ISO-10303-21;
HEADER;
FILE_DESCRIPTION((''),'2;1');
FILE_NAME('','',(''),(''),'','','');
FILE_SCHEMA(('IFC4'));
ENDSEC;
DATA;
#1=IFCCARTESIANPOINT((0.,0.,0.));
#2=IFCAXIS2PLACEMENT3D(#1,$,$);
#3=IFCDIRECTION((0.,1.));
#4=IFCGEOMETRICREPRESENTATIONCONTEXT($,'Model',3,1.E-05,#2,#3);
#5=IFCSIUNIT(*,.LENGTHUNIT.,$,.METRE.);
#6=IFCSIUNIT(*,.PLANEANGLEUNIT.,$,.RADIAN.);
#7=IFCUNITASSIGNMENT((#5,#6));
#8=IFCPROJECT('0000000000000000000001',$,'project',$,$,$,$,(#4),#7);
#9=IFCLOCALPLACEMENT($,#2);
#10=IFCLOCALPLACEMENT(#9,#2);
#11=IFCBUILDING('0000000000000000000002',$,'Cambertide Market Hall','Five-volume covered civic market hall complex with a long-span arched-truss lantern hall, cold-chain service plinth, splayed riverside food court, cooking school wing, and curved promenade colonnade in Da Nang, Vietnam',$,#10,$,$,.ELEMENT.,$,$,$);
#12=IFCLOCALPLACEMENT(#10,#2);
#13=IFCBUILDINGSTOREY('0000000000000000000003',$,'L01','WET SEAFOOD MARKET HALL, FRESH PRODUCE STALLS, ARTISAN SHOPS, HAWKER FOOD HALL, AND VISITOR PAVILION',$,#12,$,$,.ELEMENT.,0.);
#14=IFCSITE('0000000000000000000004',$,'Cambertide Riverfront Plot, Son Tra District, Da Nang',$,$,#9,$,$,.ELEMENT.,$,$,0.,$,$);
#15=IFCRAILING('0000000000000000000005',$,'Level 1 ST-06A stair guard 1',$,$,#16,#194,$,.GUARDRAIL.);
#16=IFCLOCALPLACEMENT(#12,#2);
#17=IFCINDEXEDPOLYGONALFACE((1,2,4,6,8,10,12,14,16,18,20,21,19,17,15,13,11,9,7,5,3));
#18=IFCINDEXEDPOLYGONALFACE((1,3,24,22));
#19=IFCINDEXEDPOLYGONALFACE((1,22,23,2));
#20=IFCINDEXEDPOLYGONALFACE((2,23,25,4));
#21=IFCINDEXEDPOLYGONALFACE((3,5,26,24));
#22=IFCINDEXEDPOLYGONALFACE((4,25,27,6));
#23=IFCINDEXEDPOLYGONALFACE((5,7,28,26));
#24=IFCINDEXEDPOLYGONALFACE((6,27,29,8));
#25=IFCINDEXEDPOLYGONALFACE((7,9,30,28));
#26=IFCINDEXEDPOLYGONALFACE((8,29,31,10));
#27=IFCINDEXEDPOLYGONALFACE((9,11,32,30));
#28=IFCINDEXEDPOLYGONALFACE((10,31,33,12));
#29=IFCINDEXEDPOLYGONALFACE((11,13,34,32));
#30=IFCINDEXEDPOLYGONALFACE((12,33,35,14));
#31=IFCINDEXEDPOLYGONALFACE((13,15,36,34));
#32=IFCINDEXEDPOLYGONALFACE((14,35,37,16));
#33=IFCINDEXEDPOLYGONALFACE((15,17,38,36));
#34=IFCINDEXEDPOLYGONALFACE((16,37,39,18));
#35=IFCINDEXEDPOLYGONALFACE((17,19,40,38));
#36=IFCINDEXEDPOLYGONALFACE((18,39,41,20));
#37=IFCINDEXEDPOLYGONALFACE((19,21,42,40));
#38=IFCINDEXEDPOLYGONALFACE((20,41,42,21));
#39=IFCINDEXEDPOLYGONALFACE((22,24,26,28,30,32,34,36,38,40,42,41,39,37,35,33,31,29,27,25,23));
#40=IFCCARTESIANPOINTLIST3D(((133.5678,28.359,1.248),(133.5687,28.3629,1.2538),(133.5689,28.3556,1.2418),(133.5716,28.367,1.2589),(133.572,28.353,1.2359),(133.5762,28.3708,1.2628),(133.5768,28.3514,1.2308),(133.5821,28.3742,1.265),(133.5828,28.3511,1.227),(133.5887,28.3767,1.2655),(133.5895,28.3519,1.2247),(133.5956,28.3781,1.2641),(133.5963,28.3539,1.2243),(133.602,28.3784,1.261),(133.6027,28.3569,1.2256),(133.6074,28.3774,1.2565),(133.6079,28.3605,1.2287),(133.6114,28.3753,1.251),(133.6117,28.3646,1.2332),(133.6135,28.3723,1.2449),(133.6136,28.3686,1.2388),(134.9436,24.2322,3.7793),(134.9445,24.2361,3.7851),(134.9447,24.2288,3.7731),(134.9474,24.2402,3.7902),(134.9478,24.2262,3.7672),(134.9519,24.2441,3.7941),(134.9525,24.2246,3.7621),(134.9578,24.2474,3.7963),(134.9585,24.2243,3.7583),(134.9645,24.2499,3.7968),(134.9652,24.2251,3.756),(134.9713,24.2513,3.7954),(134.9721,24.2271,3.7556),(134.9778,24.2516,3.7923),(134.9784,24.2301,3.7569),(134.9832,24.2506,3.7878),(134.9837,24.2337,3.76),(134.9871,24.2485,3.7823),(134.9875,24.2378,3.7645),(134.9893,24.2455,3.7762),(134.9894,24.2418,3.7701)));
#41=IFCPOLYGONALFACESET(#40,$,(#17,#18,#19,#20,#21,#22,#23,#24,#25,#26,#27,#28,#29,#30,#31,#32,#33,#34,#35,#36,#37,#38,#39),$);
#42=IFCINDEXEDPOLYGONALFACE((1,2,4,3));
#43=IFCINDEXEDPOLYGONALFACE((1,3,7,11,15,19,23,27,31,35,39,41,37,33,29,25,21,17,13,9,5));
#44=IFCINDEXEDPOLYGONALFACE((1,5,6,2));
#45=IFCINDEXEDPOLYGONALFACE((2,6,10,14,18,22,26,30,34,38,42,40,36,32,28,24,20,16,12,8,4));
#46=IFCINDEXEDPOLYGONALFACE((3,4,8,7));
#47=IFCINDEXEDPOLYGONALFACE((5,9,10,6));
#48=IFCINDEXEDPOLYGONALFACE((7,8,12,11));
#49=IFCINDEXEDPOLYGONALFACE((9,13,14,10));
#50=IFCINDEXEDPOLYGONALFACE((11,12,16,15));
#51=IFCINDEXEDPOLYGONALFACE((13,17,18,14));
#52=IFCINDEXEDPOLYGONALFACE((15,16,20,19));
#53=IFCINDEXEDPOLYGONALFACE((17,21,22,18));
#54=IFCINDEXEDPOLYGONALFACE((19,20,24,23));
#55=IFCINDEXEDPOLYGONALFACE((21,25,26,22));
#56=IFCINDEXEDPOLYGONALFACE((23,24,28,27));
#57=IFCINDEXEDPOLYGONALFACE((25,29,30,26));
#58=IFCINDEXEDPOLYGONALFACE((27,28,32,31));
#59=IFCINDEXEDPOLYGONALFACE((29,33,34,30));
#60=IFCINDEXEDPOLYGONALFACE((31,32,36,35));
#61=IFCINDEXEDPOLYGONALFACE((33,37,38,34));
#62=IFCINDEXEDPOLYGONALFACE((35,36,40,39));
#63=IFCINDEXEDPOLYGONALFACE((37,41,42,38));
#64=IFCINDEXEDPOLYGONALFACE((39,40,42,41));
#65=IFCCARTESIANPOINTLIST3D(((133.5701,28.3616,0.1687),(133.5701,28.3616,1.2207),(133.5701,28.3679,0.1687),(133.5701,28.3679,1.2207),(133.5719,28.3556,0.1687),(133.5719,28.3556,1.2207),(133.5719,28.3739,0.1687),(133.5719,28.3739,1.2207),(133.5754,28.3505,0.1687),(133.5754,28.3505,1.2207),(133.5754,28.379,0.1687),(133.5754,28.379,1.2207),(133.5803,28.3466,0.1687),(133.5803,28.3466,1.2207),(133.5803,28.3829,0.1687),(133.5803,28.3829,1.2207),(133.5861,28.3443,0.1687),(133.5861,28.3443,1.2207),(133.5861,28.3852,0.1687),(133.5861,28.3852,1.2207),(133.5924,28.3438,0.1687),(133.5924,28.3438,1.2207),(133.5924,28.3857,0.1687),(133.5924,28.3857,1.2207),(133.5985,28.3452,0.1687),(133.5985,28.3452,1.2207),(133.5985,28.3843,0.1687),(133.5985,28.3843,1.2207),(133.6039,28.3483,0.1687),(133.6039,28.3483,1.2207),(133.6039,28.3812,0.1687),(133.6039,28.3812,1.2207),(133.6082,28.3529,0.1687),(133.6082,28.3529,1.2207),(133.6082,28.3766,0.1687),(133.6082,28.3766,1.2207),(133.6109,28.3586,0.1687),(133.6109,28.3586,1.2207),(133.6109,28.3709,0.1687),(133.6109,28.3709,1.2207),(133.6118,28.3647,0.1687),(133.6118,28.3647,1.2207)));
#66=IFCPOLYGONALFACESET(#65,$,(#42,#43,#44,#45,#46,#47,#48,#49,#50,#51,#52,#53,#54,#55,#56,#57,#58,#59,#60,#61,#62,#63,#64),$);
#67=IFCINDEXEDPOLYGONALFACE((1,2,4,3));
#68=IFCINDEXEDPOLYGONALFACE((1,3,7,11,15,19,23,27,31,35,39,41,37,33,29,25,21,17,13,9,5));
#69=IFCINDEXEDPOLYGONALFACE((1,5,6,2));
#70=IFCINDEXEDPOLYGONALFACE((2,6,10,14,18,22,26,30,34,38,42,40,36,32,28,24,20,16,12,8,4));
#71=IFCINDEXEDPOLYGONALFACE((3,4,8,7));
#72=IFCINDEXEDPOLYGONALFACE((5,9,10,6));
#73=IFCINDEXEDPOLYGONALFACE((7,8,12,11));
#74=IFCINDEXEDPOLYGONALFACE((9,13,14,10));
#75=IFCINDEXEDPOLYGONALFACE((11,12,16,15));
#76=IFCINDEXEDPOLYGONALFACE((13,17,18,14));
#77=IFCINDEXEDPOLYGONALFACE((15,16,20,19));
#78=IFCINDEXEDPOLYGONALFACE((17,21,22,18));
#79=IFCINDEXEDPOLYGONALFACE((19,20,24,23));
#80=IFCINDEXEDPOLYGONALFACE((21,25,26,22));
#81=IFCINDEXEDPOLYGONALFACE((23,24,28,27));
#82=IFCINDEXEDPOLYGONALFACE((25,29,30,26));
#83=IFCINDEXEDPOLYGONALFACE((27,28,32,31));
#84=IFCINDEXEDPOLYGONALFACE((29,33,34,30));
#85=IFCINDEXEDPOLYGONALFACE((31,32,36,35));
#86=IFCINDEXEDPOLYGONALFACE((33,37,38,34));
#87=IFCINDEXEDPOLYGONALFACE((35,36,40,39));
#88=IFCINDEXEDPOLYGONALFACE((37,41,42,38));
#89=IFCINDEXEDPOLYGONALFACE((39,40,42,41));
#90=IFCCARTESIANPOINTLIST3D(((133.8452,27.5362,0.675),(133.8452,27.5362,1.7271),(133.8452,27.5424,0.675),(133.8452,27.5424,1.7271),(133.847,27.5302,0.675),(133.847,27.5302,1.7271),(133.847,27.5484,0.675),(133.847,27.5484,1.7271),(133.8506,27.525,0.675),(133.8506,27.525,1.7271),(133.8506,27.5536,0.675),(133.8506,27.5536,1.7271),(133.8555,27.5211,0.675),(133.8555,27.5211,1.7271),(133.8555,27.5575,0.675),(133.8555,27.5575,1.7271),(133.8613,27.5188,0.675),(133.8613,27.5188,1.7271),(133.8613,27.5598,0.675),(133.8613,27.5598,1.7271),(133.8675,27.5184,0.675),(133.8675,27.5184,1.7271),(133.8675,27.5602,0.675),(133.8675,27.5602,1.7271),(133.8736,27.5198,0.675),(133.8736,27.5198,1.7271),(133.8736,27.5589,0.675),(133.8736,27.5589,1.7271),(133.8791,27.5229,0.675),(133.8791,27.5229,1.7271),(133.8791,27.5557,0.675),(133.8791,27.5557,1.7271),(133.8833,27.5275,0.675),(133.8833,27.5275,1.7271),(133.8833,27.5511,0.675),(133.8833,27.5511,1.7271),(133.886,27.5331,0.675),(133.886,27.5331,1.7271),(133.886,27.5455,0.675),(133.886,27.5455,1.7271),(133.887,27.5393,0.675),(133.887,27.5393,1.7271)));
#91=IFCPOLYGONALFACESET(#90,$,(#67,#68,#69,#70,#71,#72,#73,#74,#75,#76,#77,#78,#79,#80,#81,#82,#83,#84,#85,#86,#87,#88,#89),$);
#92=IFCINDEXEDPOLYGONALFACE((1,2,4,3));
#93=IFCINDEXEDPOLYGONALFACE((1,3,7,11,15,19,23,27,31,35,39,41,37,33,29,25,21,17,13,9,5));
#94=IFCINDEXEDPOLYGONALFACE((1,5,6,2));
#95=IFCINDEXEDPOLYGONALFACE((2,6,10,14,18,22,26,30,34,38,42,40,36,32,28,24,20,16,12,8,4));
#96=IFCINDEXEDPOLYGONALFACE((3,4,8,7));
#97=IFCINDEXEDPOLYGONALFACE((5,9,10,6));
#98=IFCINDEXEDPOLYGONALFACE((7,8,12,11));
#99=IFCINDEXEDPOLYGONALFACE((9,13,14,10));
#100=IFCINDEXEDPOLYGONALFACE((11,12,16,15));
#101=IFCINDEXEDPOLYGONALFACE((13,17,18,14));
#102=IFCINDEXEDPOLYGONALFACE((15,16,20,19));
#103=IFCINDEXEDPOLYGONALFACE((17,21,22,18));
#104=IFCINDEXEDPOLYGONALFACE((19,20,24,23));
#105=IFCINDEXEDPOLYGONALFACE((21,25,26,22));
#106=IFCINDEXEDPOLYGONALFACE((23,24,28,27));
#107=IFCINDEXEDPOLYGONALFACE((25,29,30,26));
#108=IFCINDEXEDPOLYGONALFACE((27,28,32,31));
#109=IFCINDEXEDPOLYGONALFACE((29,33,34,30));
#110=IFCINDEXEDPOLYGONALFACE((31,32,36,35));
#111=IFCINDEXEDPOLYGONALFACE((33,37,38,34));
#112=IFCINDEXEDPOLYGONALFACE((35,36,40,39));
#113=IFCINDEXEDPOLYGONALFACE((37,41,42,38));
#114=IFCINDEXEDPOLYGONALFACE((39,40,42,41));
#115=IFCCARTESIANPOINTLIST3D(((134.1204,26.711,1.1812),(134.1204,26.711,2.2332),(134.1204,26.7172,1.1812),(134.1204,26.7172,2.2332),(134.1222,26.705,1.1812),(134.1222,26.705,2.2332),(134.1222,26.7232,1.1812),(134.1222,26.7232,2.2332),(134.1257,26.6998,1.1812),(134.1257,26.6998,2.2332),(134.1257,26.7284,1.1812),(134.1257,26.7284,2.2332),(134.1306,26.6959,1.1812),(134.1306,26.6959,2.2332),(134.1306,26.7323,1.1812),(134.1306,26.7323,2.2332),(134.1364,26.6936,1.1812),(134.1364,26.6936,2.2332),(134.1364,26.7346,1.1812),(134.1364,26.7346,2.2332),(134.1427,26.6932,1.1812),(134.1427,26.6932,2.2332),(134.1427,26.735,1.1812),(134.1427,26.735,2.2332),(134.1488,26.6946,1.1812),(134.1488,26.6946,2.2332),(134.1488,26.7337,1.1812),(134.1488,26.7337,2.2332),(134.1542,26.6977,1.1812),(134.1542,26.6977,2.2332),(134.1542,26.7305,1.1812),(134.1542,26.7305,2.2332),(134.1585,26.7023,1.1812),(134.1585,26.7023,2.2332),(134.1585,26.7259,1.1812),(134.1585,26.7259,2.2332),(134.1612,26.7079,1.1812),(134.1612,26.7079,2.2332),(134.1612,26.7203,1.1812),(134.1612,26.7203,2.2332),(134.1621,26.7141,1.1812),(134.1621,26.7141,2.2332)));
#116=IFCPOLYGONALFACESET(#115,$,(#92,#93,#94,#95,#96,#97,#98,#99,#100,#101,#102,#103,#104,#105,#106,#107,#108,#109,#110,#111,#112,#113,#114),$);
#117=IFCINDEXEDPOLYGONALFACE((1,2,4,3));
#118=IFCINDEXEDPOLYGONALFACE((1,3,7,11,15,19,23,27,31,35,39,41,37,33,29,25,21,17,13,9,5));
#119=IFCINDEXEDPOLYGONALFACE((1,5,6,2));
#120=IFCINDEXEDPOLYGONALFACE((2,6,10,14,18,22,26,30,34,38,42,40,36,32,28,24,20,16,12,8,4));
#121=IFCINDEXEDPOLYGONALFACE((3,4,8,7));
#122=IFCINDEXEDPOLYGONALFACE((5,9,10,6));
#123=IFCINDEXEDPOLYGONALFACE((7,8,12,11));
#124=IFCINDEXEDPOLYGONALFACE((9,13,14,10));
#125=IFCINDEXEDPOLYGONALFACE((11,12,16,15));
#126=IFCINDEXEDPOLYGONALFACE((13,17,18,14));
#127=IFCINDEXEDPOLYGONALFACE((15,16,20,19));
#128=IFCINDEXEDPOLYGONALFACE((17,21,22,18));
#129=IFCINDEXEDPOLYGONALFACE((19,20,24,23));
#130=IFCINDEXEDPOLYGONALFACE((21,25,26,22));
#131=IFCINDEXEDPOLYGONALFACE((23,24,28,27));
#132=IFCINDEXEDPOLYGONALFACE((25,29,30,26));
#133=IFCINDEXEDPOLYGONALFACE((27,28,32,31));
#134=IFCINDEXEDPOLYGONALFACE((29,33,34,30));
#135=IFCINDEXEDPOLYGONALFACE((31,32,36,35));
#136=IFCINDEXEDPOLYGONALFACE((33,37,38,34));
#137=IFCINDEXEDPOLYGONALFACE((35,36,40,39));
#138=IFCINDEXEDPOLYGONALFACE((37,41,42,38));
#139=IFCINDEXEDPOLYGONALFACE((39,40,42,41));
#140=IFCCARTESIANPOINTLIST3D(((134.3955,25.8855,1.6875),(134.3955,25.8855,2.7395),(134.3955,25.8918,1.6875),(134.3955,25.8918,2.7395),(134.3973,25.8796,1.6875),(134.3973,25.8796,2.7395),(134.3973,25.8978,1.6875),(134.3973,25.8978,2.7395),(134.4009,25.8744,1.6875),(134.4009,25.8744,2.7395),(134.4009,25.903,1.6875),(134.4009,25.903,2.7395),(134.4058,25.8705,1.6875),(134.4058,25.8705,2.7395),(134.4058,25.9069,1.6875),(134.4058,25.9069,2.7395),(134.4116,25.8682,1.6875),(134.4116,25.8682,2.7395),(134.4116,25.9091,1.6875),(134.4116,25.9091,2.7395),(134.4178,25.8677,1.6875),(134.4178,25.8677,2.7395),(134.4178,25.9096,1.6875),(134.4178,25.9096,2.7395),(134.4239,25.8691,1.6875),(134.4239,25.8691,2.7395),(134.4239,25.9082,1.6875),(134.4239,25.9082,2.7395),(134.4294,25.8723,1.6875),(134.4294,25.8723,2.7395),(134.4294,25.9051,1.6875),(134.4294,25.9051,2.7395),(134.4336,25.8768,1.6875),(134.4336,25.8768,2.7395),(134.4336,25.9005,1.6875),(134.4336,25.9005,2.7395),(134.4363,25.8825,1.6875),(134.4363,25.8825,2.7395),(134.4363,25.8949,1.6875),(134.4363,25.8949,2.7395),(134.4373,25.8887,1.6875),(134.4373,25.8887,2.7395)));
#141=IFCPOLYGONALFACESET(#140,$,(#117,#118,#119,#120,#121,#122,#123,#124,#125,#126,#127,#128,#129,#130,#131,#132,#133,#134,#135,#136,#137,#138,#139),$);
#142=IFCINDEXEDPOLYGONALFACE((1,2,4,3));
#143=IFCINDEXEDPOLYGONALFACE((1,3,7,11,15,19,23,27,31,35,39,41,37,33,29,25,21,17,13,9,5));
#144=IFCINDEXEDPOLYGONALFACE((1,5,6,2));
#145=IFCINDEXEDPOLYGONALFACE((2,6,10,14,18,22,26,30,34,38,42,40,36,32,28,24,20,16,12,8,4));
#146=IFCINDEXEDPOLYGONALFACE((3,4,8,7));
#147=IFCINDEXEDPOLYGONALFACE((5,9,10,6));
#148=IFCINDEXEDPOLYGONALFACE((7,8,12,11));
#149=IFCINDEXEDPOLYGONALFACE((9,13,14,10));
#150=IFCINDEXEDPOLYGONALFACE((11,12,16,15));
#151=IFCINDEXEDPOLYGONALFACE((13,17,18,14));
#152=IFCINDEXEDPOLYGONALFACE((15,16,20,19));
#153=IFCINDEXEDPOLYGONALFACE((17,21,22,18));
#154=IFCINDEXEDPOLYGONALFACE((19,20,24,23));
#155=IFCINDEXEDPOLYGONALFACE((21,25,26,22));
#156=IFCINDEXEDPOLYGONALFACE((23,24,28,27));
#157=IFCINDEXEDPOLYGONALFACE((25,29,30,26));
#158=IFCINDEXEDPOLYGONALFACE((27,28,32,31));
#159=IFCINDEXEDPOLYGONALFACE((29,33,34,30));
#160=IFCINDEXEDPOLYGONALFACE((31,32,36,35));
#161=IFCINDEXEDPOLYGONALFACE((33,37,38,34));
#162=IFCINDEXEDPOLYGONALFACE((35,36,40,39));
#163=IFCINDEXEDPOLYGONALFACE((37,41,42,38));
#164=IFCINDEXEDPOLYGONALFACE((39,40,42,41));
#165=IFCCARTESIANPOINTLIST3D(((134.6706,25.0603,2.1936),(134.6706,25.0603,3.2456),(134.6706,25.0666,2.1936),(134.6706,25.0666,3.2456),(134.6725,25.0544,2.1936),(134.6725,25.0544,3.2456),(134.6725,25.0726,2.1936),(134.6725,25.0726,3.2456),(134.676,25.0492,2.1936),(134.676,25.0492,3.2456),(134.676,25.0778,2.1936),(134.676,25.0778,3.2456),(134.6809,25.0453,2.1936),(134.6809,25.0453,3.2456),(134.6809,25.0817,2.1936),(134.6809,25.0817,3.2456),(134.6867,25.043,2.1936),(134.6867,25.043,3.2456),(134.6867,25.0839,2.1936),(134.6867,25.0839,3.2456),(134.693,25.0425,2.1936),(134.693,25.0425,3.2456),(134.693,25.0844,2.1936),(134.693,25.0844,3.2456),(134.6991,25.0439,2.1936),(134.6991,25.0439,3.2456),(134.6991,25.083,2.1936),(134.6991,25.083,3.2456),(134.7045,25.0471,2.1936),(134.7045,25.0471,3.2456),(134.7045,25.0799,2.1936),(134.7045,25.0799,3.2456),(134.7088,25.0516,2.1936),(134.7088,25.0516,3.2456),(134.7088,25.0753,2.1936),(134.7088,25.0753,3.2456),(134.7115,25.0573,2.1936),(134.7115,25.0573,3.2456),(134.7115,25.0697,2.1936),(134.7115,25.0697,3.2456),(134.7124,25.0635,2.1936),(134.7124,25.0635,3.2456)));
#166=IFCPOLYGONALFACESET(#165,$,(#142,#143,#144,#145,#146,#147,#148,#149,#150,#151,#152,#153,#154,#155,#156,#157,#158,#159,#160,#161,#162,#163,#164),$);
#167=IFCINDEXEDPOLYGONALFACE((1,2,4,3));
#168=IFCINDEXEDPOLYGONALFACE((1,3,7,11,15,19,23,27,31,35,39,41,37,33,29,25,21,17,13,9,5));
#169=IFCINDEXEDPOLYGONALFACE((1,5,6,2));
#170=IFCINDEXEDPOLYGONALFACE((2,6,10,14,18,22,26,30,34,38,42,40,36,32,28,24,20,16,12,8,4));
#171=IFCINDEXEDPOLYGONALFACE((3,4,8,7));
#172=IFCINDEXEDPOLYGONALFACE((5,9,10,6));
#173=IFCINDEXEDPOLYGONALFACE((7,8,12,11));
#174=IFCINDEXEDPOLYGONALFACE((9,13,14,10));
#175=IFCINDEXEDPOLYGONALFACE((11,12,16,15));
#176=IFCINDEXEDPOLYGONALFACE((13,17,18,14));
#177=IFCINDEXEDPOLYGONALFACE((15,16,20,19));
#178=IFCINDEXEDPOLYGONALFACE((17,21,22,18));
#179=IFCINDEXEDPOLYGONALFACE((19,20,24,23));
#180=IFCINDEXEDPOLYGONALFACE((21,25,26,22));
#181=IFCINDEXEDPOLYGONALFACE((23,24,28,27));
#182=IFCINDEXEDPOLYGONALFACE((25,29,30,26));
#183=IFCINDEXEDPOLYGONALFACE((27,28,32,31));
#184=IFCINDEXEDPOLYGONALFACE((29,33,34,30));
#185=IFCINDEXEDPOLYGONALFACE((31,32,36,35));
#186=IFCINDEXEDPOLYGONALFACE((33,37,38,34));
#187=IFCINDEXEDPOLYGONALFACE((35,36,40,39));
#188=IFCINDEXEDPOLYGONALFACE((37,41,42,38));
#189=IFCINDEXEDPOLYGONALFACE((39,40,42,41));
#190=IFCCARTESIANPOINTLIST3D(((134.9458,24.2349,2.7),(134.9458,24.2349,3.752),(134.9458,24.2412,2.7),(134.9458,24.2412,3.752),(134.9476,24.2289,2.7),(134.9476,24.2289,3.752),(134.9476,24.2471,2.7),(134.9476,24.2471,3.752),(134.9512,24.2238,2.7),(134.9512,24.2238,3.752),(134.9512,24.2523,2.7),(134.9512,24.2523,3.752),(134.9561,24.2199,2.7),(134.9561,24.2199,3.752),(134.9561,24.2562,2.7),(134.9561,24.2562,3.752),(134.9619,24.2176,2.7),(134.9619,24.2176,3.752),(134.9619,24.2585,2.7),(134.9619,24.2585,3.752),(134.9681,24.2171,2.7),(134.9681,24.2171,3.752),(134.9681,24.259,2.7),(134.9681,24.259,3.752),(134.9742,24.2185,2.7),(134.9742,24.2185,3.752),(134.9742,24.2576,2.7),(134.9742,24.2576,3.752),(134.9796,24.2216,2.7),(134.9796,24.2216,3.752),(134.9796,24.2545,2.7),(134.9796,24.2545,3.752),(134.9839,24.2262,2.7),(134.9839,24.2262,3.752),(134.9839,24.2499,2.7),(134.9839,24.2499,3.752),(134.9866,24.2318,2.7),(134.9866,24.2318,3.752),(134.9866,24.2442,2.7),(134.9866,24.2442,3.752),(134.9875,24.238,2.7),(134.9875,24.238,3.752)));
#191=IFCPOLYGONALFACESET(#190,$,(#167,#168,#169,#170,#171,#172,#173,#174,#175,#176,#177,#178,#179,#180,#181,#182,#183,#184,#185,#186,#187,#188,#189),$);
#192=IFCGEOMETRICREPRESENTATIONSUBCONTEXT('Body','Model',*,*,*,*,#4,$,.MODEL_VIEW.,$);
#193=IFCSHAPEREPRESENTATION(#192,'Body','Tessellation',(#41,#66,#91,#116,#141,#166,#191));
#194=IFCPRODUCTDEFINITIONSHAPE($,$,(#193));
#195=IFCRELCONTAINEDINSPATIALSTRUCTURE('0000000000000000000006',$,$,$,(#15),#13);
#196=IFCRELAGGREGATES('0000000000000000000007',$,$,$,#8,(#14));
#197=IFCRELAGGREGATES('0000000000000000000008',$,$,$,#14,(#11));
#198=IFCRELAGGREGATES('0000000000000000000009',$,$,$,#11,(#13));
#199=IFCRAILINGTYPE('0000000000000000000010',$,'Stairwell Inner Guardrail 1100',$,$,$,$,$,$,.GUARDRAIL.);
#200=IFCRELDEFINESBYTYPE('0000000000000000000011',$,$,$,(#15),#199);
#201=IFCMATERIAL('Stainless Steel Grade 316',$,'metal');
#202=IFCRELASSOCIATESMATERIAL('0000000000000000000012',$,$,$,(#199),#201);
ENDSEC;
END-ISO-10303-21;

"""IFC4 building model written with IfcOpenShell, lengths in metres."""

from ifc_helpers import new_model, si_unit, direction, frame, origin, origin_2d, place, context, subcontext, project, spatial, circle, extrude, material, type_object, element, save


model = new_model("IFC4")

# Units and contexts
model_context = context("Model", 3, precision=1e-05, world=origin(), true_north=direction((0.0, 1.0)))
body_context = subcontext(model_context, "Body", "Model", "MODEL_VIEW")
ifc_project = project(units=[si_unit("LENGTHUNIT", "METRE"), si_unit("PLANEANGLEUNIT", "RADIAN")], contexts=[model_context])

# Site, building, storey
site_placement = place(None, origin())
site = spatial("IfcSite", under=ifc_project, at=site_placement, Name="Cambertide Riverfront Plot, Son Tra District, Da Nang", CompositionType="ELEMENT", RefElevation=0.0)
building_placement = place(site_placement, origin())
building = spatial("IfcBuilding", under=site, at=building_placement, Name="Cambertide Market Hall", Description="Five-volume covered civic market hall complex with a long-span arched-truss lantern hall, cold-chain service plinth, splayed riverside food court, cooking school wing, and curved promenade colonnade in Da Nang, Vietnam", CompositionType="ELEMENT")
storey_placement = place(building_placement, origin())
storey = spatial("IfcBuildingStorey", under=building, at=storey_placement, Name="L01", Description="WET SEAFOOD MARKET HALL, FRESH PRODUCE STALLS, ARTISAN SHOPS, HAWKER FOOD HALL, AND VISITOR PAVILION", CompositionType="ELEMENT", Elevation=0.0)

# Railing
ifc_material_1 = material(Name="Stainless Steel Grade 316", Category="metal")
railing_type_1 = type_object("IfcRailingType", Name="Stairwell Inner Guardrail 1100", PredefinedType="GUARDRAIL", material=ifc_material_1)
railing_1_placement = place(storey_placement, frame((133.5908, 28.3647, 0.1687)))
element("IfcRailing", 1, at=railing_1_placement, inside=storey, type_object=railing_type_1, Name="Level 1 ST-06A stair guard 1", PredefinedType="GUARDRAIL", context=body_context, shape_type="SweptSolid", body=[
    extrude(circle(Radius=0.0239, at=origin_2d()), frame((0.0, 0.0, 1.0762), z_axis=(0.27335, -0.819954, 0.502946), x_axis=(0.948672, 0.316261, 0.0)), (0.0, 0.0, 1.0), 5.033),
    extrude(circle(Radius=0.021, at=origin_2d()), origin(), (0.0, 0.0, 1.0), 1.052),
    extrude(circle(Radius=0.021, at=origin_2d()), frame((0.2751, -0.8254, 0.5063)), (0.0, 0.0, 1.0), 1.052),
    extrude(circle(Radius=0.021, at=origin_2d()), frame((0.5503, -1.6506, 1.0125)), (0.0, 0.0, 1.0), 1.052),
    extrude(circle(Radius=0.021, at=origin_2d()), frame((0.8254, -2.4761, 1.5188)), (0.0, 0.0, 1.0), 1.052),
    extrude(circle(Radius=0.021, at=origin_2d()), frame((1.1006, -3.3013, 2.0249)), (0.0, 0.0, 1.0), 1.052),
    extrude(circle(Radius=0.021, at=origin_2d()), frame((1.3757, -4.1267, 2.5312)), (0.0, 0.0, 1.0), 1.052),
])

save(model, "model.ifc")
